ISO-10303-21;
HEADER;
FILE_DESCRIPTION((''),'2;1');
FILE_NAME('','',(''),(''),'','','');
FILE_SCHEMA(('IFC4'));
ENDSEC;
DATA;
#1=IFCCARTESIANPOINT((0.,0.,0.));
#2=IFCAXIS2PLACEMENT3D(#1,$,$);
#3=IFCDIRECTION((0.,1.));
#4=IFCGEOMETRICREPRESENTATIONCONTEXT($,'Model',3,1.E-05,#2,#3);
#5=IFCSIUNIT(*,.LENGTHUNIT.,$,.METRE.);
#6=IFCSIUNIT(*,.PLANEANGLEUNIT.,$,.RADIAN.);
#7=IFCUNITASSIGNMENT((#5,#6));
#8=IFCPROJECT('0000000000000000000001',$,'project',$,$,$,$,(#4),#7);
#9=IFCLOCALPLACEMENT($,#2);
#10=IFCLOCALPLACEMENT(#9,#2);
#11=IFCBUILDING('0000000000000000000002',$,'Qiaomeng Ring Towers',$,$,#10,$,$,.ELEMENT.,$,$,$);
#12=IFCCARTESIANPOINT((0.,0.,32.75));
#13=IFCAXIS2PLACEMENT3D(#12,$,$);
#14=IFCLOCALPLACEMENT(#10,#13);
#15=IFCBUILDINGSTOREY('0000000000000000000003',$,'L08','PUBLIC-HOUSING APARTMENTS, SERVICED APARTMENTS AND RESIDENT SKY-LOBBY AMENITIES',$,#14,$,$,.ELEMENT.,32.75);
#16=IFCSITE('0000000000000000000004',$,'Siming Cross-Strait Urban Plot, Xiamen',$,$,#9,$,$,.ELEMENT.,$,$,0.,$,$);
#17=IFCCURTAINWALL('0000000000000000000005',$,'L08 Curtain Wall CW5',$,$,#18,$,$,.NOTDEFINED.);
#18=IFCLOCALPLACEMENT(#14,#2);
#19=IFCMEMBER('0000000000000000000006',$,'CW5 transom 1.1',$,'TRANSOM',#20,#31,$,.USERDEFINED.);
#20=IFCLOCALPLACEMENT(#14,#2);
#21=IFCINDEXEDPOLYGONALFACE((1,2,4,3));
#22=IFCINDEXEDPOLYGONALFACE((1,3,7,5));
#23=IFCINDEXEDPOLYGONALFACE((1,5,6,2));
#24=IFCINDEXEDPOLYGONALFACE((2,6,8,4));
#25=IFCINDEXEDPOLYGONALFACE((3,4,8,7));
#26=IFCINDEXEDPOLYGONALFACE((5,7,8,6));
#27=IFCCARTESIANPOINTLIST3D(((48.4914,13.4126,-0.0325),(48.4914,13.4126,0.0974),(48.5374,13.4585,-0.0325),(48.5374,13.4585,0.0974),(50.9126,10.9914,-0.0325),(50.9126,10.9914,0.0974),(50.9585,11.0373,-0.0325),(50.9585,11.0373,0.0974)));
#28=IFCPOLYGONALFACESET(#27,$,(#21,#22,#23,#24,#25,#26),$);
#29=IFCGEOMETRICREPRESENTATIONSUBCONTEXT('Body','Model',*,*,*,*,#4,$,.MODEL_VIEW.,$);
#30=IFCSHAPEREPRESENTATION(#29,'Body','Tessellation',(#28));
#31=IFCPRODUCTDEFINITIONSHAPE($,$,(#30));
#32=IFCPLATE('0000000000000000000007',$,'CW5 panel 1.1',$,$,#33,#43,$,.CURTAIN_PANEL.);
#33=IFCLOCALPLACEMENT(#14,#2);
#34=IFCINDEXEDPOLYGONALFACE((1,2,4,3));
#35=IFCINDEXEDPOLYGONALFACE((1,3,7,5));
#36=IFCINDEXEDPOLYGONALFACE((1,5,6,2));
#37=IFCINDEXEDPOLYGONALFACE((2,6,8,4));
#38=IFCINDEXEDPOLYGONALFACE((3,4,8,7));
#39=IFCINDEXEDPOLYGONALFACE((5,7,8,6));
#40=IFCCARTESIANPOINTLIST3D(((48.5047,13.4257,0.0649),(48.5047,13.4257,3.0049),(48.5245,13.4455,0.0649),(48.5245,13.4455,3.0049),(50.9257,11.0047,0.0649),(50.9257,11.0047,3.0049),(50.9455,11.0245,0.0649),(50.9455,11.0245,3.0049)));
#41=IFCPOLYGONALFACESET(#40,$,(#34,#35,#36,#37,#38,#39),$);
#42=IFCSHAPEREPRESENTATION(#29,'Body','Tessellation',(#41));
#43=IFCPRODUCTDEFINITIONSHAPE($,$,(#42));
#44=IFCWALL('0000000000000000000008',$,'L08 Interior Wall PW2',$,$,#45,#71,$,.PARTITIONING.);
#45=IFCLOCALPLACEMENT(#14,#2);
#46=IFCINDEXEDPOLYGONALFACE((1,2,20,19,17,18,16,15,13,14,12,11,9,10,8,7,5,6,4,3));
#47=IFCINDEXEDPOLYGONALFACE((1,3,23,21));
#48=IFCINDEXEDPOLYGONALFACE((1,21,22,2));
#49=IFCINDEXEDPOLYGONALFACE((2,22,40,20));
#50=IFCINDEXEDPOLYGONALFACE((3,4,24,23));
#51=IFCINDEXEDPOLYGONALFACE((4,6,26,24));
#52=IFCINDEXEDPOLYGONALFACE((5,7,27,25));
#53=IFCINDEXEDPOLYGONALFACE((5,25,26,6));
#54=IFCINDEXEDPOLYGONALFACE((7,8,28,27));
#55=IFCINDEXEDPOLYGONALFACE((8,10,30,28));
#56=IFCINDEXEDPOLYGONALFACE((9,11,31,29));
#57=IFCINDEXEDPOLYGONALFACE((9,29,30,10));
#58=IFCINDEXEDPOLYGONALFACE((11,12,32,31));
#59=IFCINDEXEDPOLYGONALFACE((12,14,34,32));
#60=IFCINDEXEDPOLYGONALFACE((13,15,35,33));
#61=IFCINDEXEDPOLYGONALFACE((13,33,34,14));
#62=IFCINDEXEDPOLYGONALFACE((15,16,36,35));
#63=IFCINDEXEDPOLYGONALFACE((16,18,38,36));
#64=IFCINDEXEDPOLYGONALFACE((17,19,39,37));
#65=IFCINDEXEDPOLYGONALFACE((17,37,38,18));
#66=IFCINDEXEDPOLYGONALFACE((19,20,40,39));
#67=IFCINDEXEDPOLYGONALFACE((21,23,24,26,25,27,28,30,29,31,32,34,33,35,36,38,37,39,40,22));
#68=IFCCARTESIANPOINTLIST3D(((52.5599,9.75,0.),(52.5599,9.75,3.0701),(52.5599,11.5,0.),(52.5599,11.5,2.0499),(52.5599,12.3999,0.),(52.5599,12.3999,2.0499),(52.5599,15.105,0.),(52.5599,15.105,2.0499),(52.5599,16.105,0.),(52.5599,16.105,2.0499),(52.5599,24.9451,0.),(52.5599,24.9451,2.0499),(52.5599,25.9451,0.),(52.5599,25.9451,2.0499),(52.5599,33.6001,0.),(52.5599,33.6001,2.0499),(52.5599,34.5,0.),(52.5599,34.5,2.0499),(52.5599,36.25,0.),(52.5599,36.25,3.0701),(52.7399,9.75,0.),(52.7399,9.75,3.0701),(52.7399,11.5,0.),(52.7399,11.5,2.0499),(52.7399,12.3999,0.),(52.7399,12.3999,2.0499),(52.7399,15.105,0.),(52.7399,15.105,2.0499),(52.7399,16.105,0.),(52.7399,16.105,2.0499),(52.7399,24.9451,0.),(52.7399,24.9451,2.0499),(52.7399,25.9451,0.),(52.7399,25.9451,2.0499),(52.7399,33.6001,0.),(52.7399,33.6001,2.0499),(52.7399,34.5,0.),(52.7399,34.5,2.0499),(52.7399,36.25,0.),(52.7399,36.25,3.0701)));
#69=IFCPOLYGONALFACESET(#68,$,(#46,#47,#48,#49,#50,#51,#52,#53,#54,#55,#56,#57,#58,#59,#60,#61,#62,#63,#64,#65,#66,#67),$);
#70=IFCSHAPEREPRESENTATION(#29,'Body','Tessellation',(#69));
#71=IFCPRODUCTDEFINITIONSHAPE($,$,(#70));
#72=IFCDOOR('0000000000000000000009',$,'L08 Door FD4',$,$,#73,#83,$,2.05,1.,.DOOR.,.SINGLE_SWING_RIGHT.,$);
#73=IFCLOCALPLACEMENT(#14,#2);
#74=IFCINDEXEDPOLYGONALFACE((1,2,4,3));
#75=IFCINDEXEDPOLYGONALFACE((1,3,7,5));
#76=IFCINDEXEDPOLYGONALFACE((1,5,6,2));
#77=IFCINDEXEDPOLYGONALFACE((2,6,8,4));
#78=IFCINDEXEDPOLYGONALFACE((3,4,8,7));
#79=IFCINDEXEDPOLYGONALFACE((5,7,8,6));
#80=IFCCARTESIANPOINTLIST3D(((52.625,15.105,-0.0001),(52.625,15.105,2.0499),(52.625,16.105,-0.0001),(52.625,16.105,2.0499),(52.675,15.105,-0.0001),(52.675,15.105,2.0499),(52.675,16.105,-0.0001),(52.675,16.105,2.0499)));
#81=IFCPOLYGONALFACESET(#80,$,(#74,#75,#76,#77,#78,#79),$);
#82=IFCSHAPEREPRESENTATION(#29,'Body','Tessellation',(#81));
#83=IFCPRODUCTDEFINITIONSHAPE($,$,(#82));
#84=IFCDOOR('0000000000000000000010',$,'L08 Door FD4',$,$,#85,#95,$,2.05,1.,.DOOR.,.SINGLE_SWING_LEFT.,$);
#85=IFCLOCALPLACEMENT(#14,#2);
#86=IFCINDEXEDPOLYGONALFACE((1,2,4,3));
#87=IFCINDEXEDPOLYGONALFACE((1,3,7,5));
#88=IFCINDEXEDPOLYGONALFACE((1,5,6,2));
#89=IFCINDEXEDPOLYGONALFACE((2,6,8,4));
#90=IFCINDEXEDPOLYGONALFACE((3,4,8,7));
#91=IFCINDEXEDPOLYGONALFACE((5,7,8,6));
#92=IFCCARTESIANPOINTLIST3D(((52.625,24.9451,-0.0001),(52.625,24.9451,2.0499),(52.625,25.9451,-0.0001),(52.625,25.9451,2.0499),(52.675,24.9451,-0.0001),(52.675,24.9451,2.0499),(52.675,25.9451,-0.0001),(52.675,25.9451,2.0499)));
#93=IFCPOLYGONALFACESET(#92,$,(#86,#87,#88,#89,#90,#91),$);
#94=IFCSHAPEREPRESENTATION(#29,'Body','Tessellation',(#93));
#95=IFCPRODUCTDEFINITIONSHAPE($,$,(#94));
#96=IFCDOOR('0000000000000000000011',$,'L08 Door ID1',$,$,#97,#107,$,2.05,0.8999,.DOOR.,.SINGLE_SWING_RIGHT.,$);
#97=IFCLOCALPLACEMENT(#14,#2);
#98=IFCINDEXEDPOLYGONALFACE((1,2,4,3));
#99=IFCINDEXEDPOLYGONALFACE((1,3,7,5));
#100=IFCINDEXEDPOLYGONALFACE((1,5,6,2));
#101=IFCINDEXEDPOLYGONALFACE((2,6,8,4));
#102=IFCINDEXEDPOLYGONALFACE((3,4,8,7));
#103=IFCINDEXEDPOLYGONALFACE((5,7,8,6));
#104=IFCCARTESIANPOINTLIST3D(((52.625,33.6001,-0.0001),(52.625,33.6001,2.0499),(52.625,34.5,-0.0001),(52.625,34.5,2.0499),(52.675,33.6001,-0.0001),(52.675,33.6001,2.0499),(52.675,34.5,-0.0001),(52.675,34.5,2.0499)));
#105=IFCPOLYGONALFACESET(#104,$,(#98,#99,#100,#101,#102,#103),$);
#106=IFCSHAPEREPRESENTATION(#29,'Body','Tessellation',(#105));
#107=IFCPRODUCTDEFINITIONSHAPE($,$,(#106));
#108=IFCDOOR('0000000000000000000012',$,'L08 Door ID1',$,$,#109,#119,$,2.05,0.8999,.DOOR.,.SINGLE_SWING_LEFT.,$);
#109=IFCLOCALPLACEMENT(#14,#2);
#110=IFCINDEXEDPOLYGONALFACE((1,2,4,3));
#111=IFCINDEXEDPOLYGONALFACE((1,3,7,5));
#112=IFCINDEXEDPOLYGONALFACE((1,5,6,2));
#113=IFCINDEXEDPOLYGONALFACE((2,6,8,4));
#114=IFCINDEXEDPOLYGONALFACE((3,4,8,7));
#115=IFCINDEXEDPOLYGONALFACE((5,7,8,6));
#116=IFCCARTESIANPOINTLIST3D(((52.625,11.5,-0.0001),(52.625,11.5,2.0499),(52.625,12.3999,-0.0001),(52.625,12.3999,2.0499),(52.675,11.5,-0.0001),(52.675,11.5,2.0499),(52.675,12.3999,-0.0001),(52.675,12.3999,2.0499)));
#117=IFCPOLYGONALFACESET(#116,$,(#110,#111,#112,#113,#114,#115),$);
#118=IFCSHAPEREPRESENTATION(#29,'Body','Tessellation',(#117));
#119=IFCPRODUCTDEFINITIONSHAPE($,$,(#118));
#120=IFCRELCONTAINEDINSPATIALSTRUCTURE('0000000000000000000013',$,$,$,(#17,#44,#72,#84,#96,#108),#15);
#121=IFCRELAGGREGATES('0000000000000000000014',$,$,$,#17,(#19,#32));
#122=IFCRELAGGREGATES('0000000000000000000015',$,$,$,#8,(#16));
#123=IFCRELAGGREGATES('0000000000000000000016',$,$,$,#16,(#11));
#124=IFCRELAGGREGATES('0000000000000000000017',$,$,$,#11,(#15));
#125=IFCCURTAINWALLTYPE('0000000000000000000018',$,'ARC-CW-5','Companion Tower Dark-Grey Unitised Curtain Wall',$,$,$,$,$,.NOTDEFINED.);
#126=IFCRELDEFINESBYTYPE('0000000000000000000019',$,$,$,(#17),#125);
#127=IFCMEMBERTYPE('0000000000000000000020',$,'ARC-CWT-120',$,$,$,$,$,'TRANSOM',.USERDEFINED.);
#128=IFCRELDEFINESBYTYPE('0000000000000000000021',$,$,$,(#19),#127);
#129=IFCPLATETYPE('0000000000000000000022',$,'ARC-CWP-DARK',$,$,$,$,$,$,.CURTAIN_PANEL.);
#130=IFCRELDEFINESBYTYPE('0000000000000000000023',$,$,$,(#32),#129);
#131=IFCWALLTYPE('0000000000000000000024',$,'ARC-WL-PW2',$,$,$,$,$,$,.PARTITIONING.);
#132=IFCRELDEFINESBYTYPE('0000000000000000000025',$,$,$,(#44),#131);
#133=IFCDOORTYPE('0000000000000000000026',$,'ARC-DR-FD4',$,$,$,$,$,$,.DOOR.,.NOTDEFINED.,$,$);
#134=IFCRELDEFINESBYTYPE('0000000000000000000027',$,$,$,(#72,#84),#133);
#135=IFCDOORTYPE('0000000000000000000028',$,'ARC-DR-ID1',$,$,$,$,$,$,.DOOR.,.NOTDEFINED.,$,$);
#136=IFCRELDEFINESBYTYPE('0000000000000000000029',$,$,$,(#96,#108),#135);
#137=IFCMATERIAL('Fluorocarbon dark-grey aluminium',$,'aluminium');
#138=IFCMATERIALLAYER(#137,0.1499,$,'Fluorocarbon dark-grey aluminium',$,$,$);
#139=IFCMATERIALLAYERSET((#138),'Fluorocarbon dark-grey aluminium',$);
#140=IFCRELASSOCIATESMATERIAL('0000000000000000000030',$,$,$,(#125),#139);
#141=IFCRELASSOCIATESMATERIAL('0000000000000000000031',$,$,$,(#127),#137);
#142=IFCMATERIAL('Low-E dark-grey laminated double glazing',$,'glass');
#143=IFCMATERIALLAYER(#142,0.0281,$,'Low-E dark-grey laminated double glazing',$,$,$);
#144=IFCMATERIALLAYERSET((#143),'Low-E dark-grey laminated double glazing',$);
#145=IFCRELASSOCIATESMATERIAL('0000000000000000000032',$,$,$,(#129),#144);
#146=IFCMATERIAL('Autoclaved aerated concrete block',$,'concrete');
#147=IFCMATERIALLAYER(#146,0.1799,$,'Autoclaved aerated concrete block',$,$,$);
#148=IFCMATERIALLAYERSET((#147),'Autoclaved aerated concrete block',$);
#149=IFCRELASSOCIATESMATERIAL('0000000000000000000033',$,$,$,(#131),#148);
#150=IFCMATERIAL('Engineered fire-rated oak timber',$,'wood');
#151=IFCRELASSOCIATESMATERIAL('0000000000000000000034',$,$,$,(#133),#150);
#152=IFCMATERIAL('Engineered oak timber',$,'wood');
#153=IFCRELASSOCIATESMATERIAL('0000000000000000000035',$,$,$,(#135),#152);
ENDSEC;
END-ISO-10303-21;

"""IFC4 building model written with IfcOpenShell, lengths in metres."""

from ifc_helpers import new_model, si_unit, direction, frame, frame_2d, origin, origin_2d, place, context, subcontext, project, spatial, rectangle, extrude, source, transform, mapped, material, layer, layer_set, material_profile, profile_set, type_object, element, fill, aggregate, save


model = new_model("IFC4")

# Units and contexts
model_context = context("Model", 3, precision=1e-05, world=origin(), true_north=direction((0.0, 1.0)))
body_context = subcontext(model_context, "Body", "Model", "MODEL_VIEW")
ifc_project = project(units=[si_unit("LENGTHUNIT", "METRE"), si_unit("PLANEANGLEUNIT", "RADIAN")], contexts=[model_context])

# Site, building, storey
site_placement = place(None, origin())
site = spatial("IfcSite", under=ifc_project, at=site_placement, Name="Siming Cross-Strait Urban Plot, Xiamen", CompositionType="ELEMENT", RefElevation=0.0)
building_placement = place(site_placement, origin())
building = spatial("IfcBuilding", under=site, at=building_placement, Name="Qiaomeng Ring Towers", CompositionType="ELEMENT")
storey_placement = place(building_placement, frame((0.0, 0.0, 32.75)))
storey = spatial("IfcBuildingStorey", under=building, at=storey_placement, Name="L08", Description="PUBLIC-HOUSING APARTMENTS, SERVICED APARTMENTS AND RESIDENT SKY-LOBBY AMENITIES", CompositionType="ELEMENT", Elevation=32.75)

# Curtain wall
ifc_material_1 = material(Name="Fluorocarbon dark-grey aluminium", Category="aluminium")
ifc_layer_1 = layer(ifc_material_1, 0.1499, Name="Fluorocarbon dark-grey aluminium")
ifc_layer_set_1 = layer_set([ifc_layer_1], Name="Fluorocarbon dark-grey aluminium")
curtain_wall_type = type_object("IfcCurtainWallType", Name="ARC-CW-5", Description="Companion Tower Dark-Grey Unitised Curtain Wall", PredefinedType="NOTDEFINED", material=ifc_layer_set_1)
curtain_wall_1_placement = place(storey_placement, origin())
curtain_wall_1 = element("IfcCurtainWall", 1, at=curtain_wall_1_placement, inside=storey, type_object=curtain_wall_type, Name="L08 Curtain Wall CW5", PredefinedType="NOTDEFINED")

# Shared definitions
ifc_material_profile_1 = material_profile(ifc_material_1, rectangle(XDim=0.0649, YDim=0.1299, at=origin_2d()), Name="ALU TRAN 65x130")
ifc_profile_set_1 = profile_set([ifc_material_profile_1], Name="Fluorocarbon dark-grey aluminium")
member_type_1 = type_object("IfcMemberType", Name="ARC-CWT-120", ElementType="TRANSOM", PredefinedType="USERDEFINED", material=ifc_profile_set_1)

# Member
shared_shape_1 = source(origin(), body_context, "Body", "SweptSolid", [
    extrude(rectangle(XDim=0.0649, YDim=0.1299, at=origin_2d()), origin(), (0.0, 0.0, 1.0), 3.4241),
])
member_1_placement = place(storey_placement, frame((48.5144, 13.4355, 0.0325), z_axis=(0.707107, -0.707107, 0.0), x_axis=(0.707107, 0.707107, 0.0)))
member_1 = element("IfcMember", 2, at=member_1_placement, type_object=member_type_1, Name="CW5 transom 1.1", ObjectType="TRANSOM", PredefinedType="USERDEFINED", context=body_context, shape_type="MappedRepresentation", body=[
    mapped(shared_shape_1, transform((0.0, 0.0, 0.0), x_axis=(1.0, 0.0, 0.0), y_axis=(0.0, 1.0, 0.0), z_axis=(0.0, 0.0, 1.0), scale=1.0)),
])

# Plate
ifc_material_2 = material(Name="Low-E dark-grey laminated double glazing", Category="glass")
ifc_layer_2 = layer(ifc_material_2, 0.0281, Name="Low-E dark-grey laminated double glazing")
ifc_layer_set_2 = layer_set([ifc_layer_2], Name="Low-E dark-grey laminated double glazing")
plate_type = type_object("IfcPlateType", Name="ARC-CWP-DARK", PredefinedType="CURTAIN_PANEL", material=ifc_layer_set_2)
shared_shape_2 = source(origin(), body_context, "Body", "SweptSolid", [
    extrude(rectangle(XDim=3.4238, YDim=0.0281, at=origin_2d()), origin(), (0.0, 0.0, 1.0), 2.9399),
])
plate_placement = place(storey_placement, frame((49.7251, 12.2251, 0.0649), z_axis=(0.0, 0.0, 1.0), x_axis=(0.707107, -0.707107, 0.0)))
plate = element("IfcPlate", 3, at=plate_placement, type_object=plate_type, Name="CW5 panel 1.1", PredefinedType="CURTAIN_PANEL", context=body_context, shape_type="MappedRepresentation", body=[
    mapped(shared_shape_2, transform((0.0, 0.0, 0.0), x_axis=(1.0, 0.0, 0.0), y_axis=(0.0, 1.0, 0.0), z_axis=(0.0, 0.0, 1.0), scale=1.0)),
])
aggregate(curtain_wall_1, [member_1, plate])

# Wall, openings, doors
ifc_material_3 = material(Name="Autoclaved aerated concrete block", Category="concrete")
ifc_layer_3 = layer(ifc_material_3, 0.1799, Name="Autoclaved aerated concrete block")
ifc_layer_set_3 = layer_set([ifc_layer_3], Name="Autoclaved aerated concrete block")
wall_type_1 = type_object("IfcWallType", Name="ARC-WL-PW2", PredefinedType="PARTITIONING", material=ifc_layer_set_3)
wall_1_placement = place(storey_placement, frame((52.6499, 9.75, 0.0), z_axis=(0.0, 0.0, 1.0), x_axis=(0.0, 1.0, 0.0)))
wall_1 = element("IfcWall", 4, at=wall_1_placement, inside=storey, type_object=wall_type_1, Name="L08 Interior Wall PW2", PredefinedType="PARTITIONING", context=body_context, shape_type="SweptSolid", body=[
    extrude(rectangle(XDim=26.5, YDim=0.1799, at=frame_2d((13.25, 0.0))), origin(), (0.0, 0.0, 1.0), 3.0701),
])
opening_1_placement = place(wall_1_placement, frame((23.8501, 0.0, 0.0)))
opening_1 = element("IfcOpeningElement", 5, at=opening_1_placement, cuts=wall_1, PredefinedType="OPENING", context=body_context, shape_type="SweptSolid", body=[
    extrude(rectangle(XDim=0.8999, YDim=2.05, at=frame_2d((0.45, 1.0249))), frame((0.0, 0.0999, 0.0), z_axis=(0.0, -1.0, 0.0), x_axis=(1.0, 0.0, 0.0)), (0.0, 0.0, 1.0), 0.2),
])
opening_2_placement = place(wall_1_placement, frame((1.75, 0.0, 0.0)))
opening_2 = element("IfcOpeningElement", 6, at=opening_2_placement, cuts=wall_1, PredefinedType="OPENING", context=body_context, shape_type="SweptSolid", body=[
    extrude(rectangle(XDim=0.8999, YDim=2.05, at=frame_2d((0.45, 1.0249))), frame((0.0, 0.0999, 0.0), z_axis=(0.0, -1.0, 0.0), x_axis=(1.0, 0.0, 0.0)), (0.0, 0.0, 1.0), 0.2),
])
opening_3_placement = place(wall_1_placement, frame((5.355, 0.0, 0.0)))
opening_3 = element("IfcOpeningElement", 7, at=opening_3_placement, cuts=wall_1, PredefinedType="OPENING", context=body_context, shape_type="SweptSolid", body=[
    extrude(rectangle(XDim=1.0, YDim=2.05, at=frame_2d((0.5, 1.0249))), frame((0.0, 0.0999, 0.0), z_axis=(0.0, -1.0, 0.0), x_axis=(1.0, 0.0, 0.0)), (0.0, 0.0, 1.0), 0.2),
])
opening_4_placement = place(wall_1_placement, frame((15.1951, 0.0, 0.0)))
opening_4 = element("IfcOpeningElement", 8, at=opening_4_placement, cuts=wall_1, PredefinedType="OPENING", context=body_context, shape_type="SweptSolid", body=[
    extrude(rectangle(XDim=1.0, YDim=2.05, at=frame_2d((0.5, 1.0249))), frame((0.0, 0.0999, 0.0), z_axis=(0.0, -1.0, 0.0), x_axis=(1.0, 0.0, 0.0)), (0.0, 0.0, 1.0), 0.2),
])
ifc_material_4 = material(Name="Engineered fire-rated oak timber", Category="wood")
door_type_1 = type_object("IfcDoorType", Name="ARC-DR-FD4", OperationType="NOTDEFINED", PredefinedType="DOOR", material=ifc_material_4)
shared_shape_3 = source(origin(), body_context, "Body", "SweptSolid", [
    extrude(rectangle(XDim=1.0, YDim=2.05, at=frame_2d((0.5, 1.0249))), frame((0.0, 0.0249, 0.0), z_axis=(0.0, -1.0, 0.0), x_axis=(1.0, 0.0, 0.0)), (0.0, 0.0, 1.0), 0.05),
])
door_1_placement = place(opening_3_placement, origin())
door_1 = element("IfcDoor", 9, at=door_1_placement, inside=storey, type_object=door_type_1, Name="L08 Door FD4", OperationType="SINGLE_SWING_RIGHT", OverallHeight=2.05, OverallWidth=1.0, PredefinedType="DOOR", context=body_context, shape_type="MappedRepresentation", body=[
    mapped(shared_shape_3, transform((0.0, 0.0, 0.0), x_axis=(1.0, 0.0, 0.0), y_axis=(0.0, 1.0, 0.0), z_axis=(0.0, 0.0, 1.0), scale=1.0)),
])
fill(opening_3, door_1)
door_2_placement = place(opening_4_placement, origin())
door_2 = element("IfcDoor", 10, at=door_2_placement, inside=storey, type_object=door_type_1, Name="L08 Door FD4", OperationType="SINGLE_SWING_LEFT", OverallHeight=2.05, OverallWidth=1.0, PredefinedType="DOOR", context=body_context, shape_type="MappedRepresentation", body=[
    mapped(shared_shape_3, transform((0.0, 0.0, 0.0), x_axis=(1.0, 0.0, 0.0), y_axis=(0.0, 1.0, 0.0), z_axis=(0.0, 0.0, 1.0), scale=1.0)),
])
fill(opening_4, door_2)
ifc_material_5 = material(Name="Engineered oak timber", Category="wood")
door_type_2 = type_object("IfcDoorType", Name="ARC-DR-ID1", OperationType="NOTDEFINED", PredefinedType="DOOR", material=ifc_material_5)
shared_shape_4 = source(origin(), body_context, "Body", "SweptSolid", [
    extrude(rectangle(XDim=0.8999, YDim=2.05, at=frame_2d((0.45, 1.0249))), frame((0.0, 0.0249, 0.0), z_axis=(0.0, -1.0, 0.0), x_axis=(1.0, 0.0, 0.0)), (0.0, 0.0, 1.0), 0.05),
])
door_3_placement = place(opening_1_placement, origin())
door_3 = element("IfcDoor", 11, at=door_3_placement, inside=storey, type_object=door_type_2, Name="L08 Door ID1", OperationType="SINGLE_SWING_RIGHT", OverallHeight=2.05, OverallWidth=0.8999, PredefinedType="DOOR", context=body_context, shape_type="MappedRepresentation", body=[
    mapped(shared_shape_4, transform((0.0, 0.0, 0.0), x_axis=(1.0, 0.0, 0.0), y_axis=(0.0, 1.0, 0.0), z_axis=(0.0, 0.0, 1.0), scale=1.0)),
])
fill(opening_1, door_3)
door_4_placement = place(opening_2_placement, origin())
door_4 = element("IfcDoor", 12, at=door_4_placement, inside=storey, type_object=door_type_2, Name="L08 Door ID1", OperationType="SINGLE_SWING_LEFT", OverallHeight=2.05, OverallWidth=0.8999, PredefinedType="DOOR", context=body_context, shape_type="MappedRepresentation", body=[
    mapped(shared_shape_4, transform((0.0, 0.0, 0.0), x_axis=(1.0, 0.0, 0.0), y_axis=(0.0, 1.0, 0.0), z_axis=(0.0, 0.0, 1.0), scale=1.0)),
])
fill(opening_2, door_4)

save(model, "model.ifc")
